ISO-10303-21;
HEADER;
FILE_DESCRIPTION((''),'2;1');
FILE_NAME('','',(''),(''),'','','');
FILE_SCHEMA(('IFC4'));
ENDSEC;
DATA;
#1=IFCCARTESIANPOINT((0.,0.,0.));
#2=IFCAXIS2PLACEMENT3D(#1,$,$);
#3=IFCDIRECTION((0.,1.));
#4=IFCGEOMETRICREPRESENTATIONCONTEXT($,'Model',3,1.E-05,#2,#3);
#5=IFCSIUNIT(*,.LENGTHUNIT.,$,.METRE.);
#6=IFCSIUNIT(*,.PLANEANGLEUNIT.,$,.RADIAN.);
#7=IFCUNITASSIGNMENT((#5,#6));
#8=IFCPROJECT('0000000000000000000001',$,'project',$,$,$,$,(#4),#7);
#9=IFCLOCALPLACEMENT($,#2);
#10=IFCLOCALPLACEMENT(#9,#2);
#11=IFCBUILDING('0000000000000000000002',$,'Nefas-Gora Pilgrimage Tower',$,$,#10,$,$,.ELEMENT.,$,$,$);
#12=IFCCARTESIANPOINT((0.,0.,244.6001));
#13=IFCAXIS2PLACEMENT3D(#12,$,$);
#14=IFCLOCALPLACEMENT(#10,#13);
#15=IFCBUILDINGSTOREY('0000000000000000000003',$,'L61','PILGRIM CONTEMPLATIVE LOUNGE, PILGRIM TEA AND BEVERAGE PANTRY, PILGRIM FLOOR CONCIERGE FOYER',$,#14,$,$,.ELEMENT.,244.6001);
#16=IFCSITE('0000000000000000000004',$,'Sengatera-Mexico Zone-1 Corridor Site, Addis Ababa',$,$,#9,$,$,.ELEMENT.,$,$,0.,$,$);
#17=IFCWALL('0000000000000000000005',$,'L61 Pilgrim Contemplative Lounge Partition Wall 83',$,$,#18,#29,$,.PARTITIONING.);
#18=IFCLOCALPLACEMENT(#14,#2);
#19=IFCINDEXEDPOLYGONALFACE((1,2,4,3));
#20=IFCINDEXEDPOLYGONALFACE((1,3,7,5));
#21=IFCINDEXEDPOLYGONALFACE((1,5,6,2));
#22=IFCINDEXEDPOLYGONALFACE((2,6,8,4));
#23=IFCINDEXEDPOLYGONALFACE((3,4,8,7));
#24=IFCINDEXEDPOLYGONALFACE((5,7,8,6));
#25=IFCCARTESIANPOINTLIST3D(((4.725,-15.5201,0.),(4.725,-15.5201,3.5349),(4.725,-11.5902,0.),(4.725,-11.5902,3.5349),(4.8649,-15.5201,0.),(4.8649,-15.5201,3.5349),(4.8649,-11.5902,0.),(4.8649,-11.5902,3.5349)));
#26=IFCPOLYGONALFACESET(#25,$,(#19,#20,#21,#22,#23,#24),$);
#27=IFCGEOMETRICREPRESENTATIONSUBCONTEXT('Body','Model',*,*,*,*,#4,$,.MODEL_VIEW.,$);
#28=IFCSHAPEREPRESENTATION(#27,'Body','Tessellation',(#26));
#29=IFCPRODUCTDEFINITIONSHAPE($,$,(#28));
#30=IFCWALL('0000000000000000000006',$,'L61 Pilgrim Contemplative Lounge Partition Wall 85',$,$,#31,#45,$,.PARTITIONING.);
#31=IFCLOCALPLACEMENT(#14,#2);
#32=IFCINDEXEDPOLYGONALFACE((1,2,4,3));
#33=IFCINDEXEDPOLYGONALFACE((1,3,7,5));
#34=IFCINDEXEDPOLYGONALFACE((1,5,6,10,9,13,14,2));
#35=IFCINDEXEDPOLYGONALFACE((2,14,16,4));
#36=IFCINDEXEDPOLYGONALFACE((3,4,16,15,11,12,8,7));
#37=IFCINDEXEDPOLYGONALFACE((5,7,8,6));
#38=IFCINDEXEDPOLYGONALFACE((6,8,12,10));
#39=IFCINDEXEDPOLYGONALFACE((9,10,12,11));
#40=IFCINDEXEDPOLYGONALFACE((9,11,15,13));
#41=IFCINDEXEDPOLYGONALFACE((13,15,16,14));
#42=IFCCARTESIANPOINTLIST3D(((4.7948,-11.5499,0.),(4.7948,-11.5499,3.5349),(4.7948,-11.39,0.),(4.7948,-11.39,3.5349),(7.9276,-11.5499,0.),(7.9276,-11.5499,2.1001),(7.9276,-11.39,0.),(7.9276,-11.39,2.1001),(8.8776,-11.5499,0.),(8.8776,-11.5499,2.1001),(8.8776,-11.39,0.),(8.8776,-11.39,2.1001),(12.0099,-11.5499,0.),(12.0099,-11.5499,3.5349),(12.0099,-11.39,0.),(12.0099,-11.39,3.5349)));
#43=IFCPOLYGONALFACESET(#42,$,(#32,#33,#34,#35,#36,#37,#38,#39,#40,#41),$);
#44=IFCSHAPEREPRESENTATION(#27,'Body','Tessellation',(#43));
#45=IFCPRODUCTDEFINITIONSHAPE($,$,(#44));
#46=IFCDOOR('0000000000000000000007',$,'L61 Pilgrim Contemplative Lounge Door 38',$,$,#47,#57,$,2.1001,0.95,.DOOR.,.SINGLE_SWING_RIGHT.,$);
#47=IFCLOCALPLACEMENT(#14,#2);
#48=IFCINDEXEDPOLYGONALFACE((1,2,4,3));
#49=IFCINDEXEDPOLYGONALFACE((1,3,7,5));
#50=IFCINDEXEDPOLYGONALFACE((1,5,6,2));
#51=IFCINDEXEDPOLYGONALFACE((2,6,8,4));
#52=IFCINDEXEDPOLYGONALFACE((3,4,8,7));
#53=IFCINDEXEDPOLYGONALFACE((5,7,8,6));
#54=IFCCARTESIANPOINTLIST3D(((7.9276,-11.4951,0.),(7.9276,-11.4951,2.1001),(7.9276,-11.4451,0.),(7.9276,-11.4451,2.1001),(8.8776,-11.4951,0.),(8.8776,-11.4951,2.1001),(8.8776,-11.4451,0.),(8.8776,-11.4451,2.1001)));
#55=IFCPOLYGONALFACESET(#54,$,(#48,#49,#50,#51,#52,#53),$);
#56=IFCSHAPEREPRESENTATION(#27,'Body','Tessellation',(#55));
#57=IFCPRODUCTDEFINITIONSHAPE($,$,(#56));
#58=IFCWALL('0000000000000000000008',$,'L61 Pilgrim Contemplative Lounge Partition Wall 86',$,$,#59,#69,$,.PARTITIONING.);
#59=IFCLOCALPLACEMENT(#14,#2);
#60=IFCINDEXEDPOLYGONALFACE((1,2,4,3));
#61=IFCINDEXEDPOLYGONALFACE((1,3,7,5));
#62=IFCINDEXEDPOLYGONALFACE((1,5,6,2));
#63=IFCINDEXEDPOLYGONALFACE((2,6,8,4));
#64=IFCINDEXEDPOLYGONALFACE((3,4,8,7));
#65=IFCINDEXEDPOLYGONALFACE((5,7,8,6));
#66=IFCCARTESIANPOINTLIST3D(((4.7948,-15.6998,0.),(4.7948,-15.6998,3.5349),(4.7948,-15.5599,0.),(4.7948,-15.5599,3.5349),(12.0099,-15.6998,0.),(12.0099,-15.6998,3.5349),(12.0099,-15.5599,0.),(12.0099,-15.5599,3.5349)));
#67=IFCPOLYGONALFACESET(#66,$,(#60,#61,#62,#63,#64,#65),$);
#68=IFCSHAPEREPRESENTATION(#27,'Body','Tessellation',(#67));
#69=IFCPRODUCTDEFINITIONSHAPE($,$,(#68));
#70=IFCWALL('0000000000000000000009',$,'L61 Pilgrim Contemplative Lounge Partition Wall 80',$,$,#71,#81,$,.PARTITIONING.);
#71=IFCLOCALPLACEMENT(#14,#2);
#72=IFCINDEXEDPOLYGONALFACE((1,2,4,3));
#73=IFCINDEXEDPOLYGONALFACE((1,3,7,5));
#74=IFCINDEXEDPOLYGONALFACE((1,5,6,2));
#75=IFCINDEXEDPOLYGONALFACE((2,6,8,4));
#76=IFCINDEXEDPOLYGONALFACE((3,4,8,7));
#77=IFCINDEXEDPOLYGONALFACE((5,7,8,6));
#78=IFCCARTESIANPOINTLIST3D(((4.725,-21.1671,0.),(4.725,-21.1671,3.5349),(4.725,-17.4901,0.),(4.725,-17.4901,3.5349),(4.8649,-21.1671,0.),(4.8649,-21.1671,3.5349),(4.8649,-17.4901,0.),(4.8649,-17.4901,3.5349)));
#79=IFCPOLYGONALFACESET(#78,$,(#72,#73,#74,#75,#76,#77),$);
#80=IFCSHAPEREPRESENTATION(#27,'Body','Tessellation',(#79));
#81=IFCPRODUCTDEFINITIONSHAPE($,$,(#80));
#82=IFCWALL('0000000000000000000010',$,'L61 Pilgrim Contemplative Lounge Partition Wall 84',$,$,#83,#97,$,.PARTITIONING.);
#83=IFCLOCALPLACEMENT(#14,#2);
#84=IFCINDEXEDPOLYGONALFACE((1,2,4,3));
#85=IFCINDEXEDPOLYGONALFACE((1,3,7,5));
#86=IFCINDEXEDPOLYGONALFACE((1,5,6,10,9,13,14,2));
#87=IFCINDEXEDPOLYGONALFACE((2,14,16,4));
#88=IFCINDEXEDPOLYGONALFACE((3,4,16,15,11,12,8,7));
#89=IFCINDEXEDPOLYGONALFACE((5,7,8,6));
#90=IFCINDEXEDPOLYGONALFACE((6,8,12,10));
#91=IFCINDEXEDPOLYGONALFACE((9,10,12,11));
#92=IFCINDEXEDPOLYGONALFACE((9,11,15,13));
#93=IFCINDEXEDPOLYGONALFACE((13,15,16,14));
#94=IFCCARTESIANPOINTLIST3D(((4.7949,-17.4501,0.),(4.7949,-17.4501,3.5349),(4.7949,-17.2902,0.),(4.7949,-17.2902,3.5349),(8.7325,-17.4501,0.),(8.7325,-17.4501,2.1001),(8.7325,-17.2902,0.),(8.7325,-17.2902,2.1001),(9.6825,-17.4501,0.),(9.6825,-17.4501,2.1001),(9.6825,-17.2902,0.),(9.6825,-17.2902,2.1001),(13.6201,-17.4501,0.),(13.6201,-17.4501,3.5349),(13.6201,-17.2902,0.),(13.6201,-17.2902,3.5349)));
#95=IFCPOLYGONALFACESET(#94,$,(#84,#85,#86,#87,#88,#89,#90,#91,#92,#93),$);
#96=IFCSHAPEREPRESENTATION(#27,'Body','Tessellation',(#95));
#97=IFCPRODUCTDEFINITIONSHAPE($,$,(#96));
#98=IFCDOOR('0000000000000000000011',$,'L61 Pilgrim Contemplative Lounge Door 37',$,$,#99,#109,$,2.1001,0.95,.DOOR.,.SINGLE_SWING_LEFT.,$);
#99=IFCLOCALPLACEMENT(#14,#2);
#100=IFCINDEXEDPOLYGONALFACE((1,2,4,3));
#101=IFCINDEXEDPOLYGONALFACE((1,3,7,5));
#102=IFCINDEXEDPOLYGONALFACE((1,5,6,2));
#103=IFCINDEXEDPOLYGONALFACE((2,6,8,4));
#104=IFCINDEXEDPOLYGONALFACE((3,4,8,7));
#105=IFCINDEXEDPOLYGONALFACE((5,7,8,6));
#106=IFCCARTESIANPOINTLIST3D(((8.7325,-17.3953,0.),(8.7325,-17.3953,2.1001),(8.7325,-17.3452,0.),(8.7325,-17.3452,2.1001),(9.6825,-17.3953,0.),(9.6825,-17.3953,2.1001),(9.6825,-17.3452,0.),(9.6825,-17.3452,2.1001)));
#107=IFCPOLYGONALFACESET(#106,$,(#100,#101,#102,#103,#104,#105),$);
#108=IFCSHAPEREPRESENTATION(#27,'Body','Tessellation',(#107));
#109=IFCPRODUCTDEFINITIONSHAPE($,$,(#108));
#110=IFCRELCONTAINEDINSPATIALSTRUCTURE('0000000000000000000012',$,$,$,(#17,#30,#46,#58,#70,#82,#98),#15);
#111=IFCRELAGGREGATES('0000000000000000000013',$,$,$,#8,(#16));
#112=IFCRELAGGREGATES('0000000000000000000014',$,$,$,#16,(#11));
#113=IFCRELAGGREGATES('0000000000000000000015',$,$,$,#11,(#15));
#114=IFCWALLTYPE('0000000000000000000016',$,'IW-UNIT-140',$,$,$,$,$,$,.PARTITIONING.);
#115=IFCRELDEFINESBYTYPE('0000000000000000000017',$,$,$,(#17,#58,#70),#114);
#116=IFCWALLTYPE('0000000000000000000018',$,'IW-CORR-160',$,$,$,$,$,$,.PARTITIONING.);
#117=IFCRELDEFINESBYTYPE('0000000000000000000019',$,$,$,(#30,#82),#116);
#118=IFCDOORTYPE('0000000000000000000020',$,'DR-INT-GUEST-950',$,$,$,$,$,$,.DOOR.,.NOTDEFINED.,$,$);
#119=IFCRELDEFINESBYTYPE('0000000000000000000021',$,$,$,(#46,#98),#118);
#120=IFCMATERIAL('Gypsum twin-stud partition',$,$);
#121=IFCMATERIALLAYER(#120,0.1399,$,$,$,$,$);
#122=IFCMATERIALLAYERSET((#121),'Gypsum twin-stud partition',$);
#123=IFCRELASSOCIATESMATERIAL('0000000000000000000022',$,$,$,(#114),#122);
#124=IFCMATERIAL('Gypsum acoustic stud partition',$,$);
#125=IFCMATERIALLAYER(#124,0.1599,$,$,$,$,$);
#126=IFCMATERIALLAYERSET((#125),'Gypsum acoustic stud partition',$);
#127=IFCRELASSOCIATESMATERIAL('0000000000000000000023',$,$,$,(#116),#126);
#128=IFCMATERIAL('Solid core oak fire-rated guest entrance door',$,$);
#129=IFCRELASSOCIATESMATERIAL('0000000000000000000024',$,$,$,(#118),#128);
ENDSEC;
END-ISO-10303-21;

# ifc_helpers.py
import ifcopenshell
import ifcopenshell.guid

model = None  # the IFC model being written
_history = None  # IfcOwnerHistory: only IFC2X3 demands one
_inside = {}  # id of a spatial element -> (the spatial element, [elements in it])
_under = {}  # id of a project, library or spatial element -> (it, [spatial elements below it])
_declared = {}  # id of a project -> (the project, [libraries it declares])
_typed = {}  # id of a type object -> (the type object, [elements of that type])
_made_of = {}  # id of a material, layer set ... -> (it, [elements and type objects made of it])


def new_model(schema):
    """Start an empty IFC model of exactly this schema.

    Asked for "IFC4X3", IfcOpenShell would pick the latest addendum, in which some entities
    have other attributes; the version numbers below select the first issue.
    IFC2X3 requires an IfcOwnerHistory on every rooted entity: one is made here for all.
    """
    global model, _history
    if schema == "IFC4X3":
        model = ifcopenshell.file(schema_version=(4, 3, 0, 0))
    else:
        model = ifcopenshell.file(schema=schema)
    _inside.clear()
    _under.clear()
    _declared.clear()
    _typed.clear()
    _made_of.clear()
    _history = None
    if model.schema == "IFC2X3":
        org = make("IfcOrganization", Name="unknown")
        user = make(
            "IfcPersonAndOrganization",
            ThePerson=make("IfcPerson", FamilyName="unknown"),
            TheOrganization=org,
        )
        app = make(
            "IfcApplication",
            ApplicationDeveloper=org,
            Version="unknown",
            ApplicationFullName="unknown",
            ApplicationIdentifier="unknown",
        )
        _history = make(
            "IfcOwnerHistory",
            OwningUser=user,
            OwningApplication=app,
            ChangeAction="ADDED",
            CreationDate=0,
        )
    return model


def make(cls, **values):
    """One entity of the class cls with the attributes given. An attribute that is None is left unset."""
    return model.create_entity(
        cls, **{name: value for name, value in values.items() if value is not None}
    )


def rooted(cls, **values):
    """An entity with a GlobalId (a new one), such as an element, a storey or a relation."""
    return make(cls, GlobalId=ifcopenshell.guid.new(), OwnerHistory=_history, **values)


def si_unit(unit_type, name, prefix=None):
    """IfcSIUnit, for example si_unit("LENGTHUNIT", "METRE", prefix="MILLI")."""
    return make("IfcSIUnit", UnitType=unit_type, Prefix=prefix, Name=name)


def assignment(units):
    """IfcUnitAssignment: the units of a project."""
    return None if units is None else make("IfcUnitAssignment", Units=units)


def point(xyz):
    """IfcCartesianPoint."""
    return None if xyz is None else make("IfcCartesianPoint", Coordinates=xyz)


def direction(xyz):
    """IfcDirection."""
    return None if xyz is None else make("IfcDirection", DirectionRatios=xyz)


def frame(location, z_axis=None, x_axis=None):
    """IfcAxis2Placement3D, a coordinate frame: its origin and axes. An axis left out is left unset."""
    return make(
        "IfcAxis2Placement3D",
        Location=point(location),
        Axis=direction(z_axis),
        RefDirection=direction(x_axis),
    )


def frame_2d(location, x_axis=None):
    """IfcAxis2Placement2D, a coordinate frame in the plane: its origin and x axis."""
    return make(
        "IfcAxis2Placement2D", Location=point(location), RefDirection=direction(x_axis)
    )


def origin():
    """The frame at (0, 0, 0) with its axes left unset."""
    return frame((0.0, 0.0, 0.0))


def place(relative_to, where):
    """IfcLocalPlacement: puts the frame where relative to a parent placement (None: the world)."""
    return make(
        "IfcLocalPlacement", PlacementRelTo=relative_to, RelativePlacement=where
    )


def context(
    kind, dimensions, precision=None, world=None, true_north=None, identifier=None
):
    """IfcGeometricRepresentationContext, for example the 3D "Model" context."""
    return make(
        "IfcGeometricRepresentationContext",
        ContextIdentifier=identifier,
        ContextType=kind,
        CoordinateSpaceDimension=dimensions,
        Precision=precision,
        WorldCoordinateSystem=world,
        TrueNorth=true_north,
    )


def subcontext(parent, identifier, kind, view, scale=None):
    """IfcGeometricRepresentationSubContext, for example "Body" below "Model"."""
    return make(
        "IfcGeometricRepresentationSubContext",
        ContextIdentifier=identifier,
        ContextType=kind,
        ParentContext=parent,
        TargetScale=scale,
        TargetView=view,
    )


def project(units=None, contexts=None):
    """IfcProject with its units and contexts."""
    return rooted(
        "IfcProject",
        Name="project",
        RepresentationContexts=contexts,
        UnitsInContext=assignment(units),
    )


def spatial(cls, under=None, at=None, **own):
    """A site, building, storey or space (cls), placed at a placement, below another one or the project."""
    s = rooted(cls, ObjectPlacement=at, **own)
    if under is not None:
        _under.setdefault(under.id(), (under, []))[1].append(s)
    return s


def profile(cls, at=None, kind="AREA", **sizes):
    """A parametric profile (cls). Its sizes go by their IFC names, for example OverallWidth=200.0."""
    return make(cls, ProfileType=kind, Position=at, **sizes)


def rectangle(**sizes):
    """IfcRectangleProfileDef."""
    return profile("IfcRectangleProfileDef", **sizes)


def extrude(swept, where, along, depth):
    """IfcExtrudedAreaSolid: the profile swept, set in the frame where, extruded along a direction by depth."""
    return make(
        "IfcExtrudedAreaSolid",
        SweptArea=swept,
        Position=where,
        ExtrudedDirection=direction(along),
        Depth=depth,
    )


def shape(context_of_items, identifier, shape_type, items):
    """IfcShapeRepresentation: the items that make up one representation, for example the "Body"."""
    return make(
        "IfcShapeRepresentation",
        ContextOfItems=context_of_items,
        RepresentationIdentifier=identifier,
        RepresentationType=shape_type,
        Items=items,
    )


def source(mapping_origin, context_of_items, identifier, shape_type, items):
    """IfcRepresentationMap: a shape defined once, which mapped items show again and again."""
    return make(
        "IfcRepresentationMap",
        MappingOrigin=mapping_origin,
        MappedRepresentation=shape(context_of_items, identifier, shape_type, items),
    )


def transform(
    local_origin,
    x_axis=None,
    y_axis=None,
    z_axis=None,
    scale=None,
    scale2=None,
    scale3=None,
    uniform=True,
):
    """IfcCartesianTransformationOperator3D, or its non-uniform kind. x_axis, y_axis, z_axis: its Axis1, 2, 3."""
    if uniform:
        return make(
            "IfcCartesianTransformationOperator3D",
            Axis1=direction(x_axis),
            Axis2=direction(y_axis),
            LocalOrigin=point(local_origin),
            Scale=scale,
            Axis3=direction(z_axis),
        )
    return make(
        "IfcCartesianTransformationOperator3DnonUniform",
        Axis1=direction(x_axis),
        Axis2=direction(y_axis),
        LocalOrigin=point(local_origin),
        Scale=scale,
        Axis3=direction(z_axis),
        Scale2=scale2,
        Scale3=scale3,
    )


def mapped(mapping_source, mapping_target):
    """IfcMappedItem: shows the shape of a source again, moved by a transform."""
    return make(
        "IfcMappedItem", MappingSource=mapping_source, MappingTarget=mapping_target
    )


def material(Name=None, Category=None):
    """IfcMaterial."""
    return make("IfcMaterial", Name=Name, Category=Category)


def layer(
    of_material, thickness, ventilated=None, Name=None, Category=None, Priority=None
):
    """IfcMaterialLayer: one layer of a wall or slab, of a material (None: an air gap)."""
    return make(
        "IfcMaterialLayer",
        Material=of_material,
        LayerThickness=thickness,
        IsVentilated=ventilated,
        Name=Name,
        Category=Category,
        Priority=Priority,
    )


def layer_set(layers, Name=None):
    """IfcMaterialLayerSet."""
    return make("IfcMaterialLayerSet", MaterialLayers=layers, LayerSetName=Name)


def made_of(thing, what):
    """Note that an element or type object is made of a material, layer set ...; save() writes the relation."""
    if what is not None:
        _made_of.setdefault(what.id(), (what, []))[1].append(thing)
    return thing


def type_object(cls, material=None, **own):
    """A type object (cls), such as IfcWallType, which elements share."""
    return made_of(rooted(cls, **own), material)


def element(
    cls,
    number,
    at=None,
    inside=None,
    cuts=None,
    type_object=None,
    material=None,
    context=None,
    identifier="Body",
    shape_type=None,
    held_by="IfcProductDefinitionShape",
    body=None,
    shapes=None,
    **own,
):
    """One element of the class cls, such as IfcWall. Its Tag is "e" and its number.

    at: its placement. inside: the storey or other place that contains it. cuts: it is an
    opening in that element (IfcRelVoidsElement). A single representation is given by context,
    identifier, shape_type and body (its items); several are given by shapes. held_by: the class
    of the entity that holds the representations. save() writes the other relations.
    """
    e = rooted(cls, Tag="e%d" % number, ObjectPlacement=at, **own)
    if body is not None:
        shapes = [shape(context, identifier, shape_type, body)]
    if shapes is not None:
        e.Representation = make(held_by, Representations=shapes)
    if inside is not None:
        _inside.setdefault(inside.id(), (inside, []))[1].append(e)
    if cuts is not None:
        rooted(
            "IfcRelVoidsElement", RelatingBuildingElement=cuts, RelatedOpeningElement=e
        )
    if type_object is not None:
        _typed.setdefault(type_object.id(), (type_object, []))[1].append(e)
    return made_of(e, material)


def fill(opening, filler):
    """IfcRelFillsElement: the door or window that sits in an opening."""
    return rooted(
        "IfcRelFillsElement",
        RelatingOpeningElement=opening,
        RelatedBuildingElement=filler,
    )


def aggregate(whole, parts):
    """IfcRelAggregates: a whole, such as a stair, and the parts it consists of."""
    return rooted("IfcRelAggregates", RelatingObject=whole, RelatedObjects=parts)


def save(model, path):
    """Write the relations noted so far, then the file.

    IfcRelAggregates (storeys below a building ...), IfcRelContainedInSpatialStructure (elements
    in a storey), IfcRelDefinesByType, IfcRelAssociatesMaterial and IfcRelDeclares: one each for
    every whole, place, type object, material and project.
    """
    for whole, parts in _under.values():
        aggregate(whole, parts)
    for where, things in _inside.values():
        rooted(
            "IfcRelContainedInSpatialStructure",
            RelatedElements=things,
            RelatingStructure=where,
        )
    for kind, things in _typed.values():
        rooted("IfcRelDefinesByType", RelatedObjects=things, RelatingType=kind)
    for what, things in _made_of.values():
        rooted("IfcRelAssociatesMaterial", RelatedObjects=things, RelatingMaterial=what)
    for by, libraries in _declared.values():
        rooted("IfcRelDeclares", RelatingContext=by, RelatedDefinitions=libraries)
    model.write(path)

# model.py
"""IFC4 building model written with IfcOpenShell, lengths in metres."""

from ifc_helpers import new_model, si_unit, direction, frame, frame_2d, origin, place, context, subcontext, project, spatial, rectangle, extrude, source, transform, mapped, material, layer, layer_set, type_object, element, fill, save


model = new_model("IFC4")

# Units and contexts
model_context = context("Model", 3, precision=1e-05, world=origin(), true_north=direction((0.0, 1.0)))
body_context = subcontext(model_context, "Body", "Model", "MODEL_VIEW")
ifc_project = project(units=[si_unit("LENGTHUNIT", "METRE"), si_unit("PLANEANGLEUNIT", "RADIAN")], contexts=[model_context])

# Site, building, storey
site_placement = place(None, origin())
site = spatial("IfcSite", under=ifc_project, at=site_placement, Name="Sengatera-Mexico Zone-1 Corridor Site, Addis Ababa", CompositionType="ELEMENT", RefElevation=0.0)
building_placement = place(site_placement, origin())
building = spatial("IfcBuilding", under=site, at=building_placement, Name="Nefas-Gora Pilgrimage Tower", CompositionType="ELEMENT")
storey_placement = place(building_placement, frame((0.0, 0.0, 244.6001)))
storey = spatial("IfcBuildingStorey", under=building, at=storey_placement, Name="L61", Description="PILGRIM CONTEMPLATIVE LOUNGE, PILGRIM TEA AND BEVERAGE PANTRY, PILGRIM FLOOR CONCIERGE FOYER", CompositionType="ELEMENT", Elevation=244.6001)

# Wall
ifc_material_1 = material(Name="Gypsum twin-stud partition")
ifc_layer_1 = layer(ifc_material_1, 0.1399)
ifc_layer_set_1 = layer_set([ifc_layer_1], Name="Gypsum twin-stud partition")
wall_type_1 = type_object("IfcWallType", Name="IW-UNIT-140", PredefinedType="PARTITIONING", material=ifc_layer_set_1)
shared_shape_1 = source(origin(), body_context, "Body", "SweptSolid", [
    extrude(rectangle(XDim=3.9299, YDim=0.1399, at=frame_2d((1.9648, 0.0))), origin(), (0.0, 0.0, 1.0), 3.5349),
])
wall_1_placement = place(storey_placement, frame((4.7949, -15.52, 0.0), z_axis=(0.0, 0.0, 1.0), x_axis=(0.0, 1.0, 0.0)))
element("IfcWall", 1, at=wall_1_placement, inside=storey, type_object=wall_type_1, Name="L61 Pilgrim Contemplative Lounge Partition Wall 83", PredefinedType="PARTITIONING", context=body_context, shape_type="MappedRepresentation", body=[
    mapped(shared_shape_1, transform((0.0, 0.0, 0.0), x_axis=(1.0, 0.0, 0.0), y_axis=(0.0, 1.0, 0.0), z_axis=(0.0, 0.0, 1.0), scale=1.0)),
])

# Wall, opening, door
ifc_material_2 = material(Name="Gypsum acoustic stud partition")
ifc_layer_2 = layer(ifc_material_2, 0.1599)
ifc_layer_set_2 = layer_set([ifc_layer_2], Name="Gypsum acoustic stud partition")
wall_type_2 = type_object("IfcWallType", Name="IW-CORR-160", PredefinedType="PARTITIONING", material=ifc_layer_set_2)
shared_shape_2 = source(origin(), body_context, "Body", "SweptSolid", [
    extrude(rectangle(XDim=7.2151, YDim=0.1599, at=frame_2d((3.6074, 0.0))), origin(), (0.0, 0.0, 1.0), 3.5349),
])
wall_2_placement = place(storey_placement, frame((4.7949, -11.47, 0.0), z_axis=(0.0, 0.0, 1.0), x_axis=(1.0, 0.0, 0.0)))
wall_2 = element("IfcWall", 2, at=wall_2_placement, inside=storey, type_object=wall_type_2, Name="L61 Pilgrim Contemplative Lounge Partition Wall 85", PredefinedType="PARTITIONING", context=body_context, shape_type="MappedRepresentation", body=[
    mapped(shared_shape_2, transform((0.0, 0.0, 0.0), x_axis=(1.0, 0.0, 0.0), y_axis=(0.0, 1.0, 0.0), z_axis=(0.0, 0.0, 1.0), scale=1.0)),
])
opening_1_placement = place(wall_2_placement, frame((3.1326, 0.0, 0.0)))
opening_1 = element("IfcOpeningElement", 3, at=opening_1_placement, cuts=wall_2, PredefinedType="OPENING", context=body_context, shape_type="SweptSolid", body=[
    extrude(rectangle(XDim=0.95, YDim=2.1001, at=frame_2d((0.4751, 1.05))), frame((0.0, 0.0898, 0.0), z_axis=(0.0, -1.0, 0.0), x_axis=(1.0, 0.0, 0.0)), (0.0, 0.0, 1.0), 0.1799),
])
ifc_material_3 = material(Name="Solid core oak fire-rated guest entrance door")
door_type = type_object("IfcDoorType", Name="DR-INT-GUEST-950", OperationType="NOTDEFINED", PredefinedType="DOOR", material=ifc_material_3)
shared_shape_3 = source(origin(), body_context, "Body", "SweptSolid", [
    extrude(rectangle(XDim=0.95, YDim=2.1001, at=frame_2d((0.4751, 1.05))), frame((0.0, 0.0249, 0.0), z_axis=(0.0, -1.0, 0.0), x_axis=(1.0, 0.0, 0.0)), (0.0, 0.0, 1.0), 0.05),
])
door_1_placement = place(opening_1_placement, origin())
door_1 = element("IfcDoor", 4, at=door_1_placement, inside=storey, type_object=door_type, Name="L61 Pilgrim Contemplative Lounge Door 38", OperationType="SINGLE_SWING_RIGHT", OverallHeight=2.1001, OverallWidth=0.95, PredefinedType="DOOR", context=body_context, shape_type="MappedRepresentation", body=[
    mapped(shared_shape_3, transform((0.0, 0.0, 0.0), x_axis=(1.0, 0.0, 0.0), y_axis=(0.0, 1.0, 0.0), z_axis=(0.0, 0.0, 1.0), scale=1.0)),
])
fill(opening_1, door_1)

# Walls
shared_shape_4 = source(origin(), body_context, "Body", "SweptSolid", [
    extrude(rectangle(XDim=7.2151, YDim=0.1399, at=frame_2d((3.6074, 0.0))), origin(), (0.0, 0.0, 1.0), 3.5349),
])
wall_3_placement = place(storey_placement, frame((4.7949, -15.6299, 0.0), z_axis=(0.0, 0.0, 1.0), x_axis=(1.0, 0.0, 0.0)))
element("IfcWall", 5, at=wall_3_placement, inside=storey, type_object=wall_type_1, Name="L61 Pilgrim Contemplative Lounge Partition Wall 86", PredefinedType="PARTITIONING", context=body_context, shape_type="MappedRepresentation", body=[
    mapped(shared_shape_4, transform((0.0, 0.0, 0.0), x_axis=(1.0, 0.0, 0.0), y_axis=(0.0, 1.0, 0.0), z_axis=(0.0, 0.0, 1.0), scale=1.0)),
])
shared_shape_5 = source(origin(), body_context, "Body", "SweptSolid", [
    extrude(rectangle(XDim=3.677, YDim=0.1399, at=frame_2d((1.8384, 0.0))), origin(), (0.0, 0.0, 1.0), 3.5349),
])
wall_4_placement = place(storey_placement, frame((4.7949, -21.167, 0.0), z_axis=(0.0, 0.0, 1.0), x_axis=(0.0, 1.0, 0.0)))
element("IfcWall", 6, at=wall_4_placement, inside=storey, type_object=wall_type_1, Name="L61 Pilgrim Contemplative Lounge Partition Wall 80", PredefinedType="PARTITIONING", context=body_context, shape_type="MappedRepresentation", body=[
    mapped(shared_shape_5, transform((0.0, 0.0, 0.0), x_axis=(1.0, 0.0, 0.0), y_axis=(0.0, 1.0, 0.0), z_axis=(0.0, 0.0, 1.0), scale=1.0)),
])

# Wall, opening, door
shared_shape_6 = source(origin(), body_context, "Body", "SweptSolid", [
    extrude(rectangle(XDim=8.8252, YDim=0.1599, at=frame_2d((4.4126, 0.0))), origin(), (0.0, 0.0, 1.0), 3.5349),
])
wall_5_placement = place(storey_placement, frame((4.7949, -17.3701, 0.0), z_axis=(0.0, 0.0, 1.0), x_axis=(1.0, 0.0, 0.0)))
wall_5 = element("IfcWall", 7, at=wall_5_placement, inside=storey, type_object=wall_type_2, Name="L61 Pilgrim Contemplative Lounge Partition Wall 84", PredefinedType="PARTITIONING", context=body_context, shape_type="MappedRepresentation", body=[
    mapped(shared_shape_6, transform((0.0, 0.0, 0.0), x_axis=(1.0, 0.0, 0.0), y_axis=(0.0, 1.0, 0.0), z_axis=(0.0, 0.0, 1.0), scale=1.0)),
])
opening_2_placement = place(wall_5_placement, frame((3.9375, 0.0, 0.0)))
opening_2 = element("IfcOpeningElement", 8, at=opening_2_placement, cuts=wall_5, PredefinedType="OPENING", context=body_context, shape_type="SweptSolid", body=[
    extrude(rectangle(XDim=0.95, YDim=2.1001, at=frame_2d((0.4751, 1.05))), frame((0.0, 0.0898, 0.0), z_axis=(0.0, -1.0, 0.0), x_axis=(1.0, 0.0, 0.0)), (0.0, 0.0, 1.0), 0.1799),
])
door_2_placement = place(opening_2_placement, origin())
door_2 = element("IfcDoor", 9, at=door_2_placement, inside=storey, type_object=door_type, Name="L61 Pilgrim Contemplative Lounge Door 37", OperationType="SINGLE_SWING_LEFT", OverallHeight=2.1001, OverallWidth=0.95, PredefinedType="DOOR", context=body_context, shape_type="MappedRepresentation", body=[
    mapped(shared_shape_3, transform((0.0, 0.0, 0.0), x_axis=(1.0, 0.0, 0.0), y_axis=(0.0, 1.0, 0.0), z_axis=(0.0, 0.0, 1.0), scale=1.0)),
])
fill(opening_2, door_2)

save(model, "model.ifc")
